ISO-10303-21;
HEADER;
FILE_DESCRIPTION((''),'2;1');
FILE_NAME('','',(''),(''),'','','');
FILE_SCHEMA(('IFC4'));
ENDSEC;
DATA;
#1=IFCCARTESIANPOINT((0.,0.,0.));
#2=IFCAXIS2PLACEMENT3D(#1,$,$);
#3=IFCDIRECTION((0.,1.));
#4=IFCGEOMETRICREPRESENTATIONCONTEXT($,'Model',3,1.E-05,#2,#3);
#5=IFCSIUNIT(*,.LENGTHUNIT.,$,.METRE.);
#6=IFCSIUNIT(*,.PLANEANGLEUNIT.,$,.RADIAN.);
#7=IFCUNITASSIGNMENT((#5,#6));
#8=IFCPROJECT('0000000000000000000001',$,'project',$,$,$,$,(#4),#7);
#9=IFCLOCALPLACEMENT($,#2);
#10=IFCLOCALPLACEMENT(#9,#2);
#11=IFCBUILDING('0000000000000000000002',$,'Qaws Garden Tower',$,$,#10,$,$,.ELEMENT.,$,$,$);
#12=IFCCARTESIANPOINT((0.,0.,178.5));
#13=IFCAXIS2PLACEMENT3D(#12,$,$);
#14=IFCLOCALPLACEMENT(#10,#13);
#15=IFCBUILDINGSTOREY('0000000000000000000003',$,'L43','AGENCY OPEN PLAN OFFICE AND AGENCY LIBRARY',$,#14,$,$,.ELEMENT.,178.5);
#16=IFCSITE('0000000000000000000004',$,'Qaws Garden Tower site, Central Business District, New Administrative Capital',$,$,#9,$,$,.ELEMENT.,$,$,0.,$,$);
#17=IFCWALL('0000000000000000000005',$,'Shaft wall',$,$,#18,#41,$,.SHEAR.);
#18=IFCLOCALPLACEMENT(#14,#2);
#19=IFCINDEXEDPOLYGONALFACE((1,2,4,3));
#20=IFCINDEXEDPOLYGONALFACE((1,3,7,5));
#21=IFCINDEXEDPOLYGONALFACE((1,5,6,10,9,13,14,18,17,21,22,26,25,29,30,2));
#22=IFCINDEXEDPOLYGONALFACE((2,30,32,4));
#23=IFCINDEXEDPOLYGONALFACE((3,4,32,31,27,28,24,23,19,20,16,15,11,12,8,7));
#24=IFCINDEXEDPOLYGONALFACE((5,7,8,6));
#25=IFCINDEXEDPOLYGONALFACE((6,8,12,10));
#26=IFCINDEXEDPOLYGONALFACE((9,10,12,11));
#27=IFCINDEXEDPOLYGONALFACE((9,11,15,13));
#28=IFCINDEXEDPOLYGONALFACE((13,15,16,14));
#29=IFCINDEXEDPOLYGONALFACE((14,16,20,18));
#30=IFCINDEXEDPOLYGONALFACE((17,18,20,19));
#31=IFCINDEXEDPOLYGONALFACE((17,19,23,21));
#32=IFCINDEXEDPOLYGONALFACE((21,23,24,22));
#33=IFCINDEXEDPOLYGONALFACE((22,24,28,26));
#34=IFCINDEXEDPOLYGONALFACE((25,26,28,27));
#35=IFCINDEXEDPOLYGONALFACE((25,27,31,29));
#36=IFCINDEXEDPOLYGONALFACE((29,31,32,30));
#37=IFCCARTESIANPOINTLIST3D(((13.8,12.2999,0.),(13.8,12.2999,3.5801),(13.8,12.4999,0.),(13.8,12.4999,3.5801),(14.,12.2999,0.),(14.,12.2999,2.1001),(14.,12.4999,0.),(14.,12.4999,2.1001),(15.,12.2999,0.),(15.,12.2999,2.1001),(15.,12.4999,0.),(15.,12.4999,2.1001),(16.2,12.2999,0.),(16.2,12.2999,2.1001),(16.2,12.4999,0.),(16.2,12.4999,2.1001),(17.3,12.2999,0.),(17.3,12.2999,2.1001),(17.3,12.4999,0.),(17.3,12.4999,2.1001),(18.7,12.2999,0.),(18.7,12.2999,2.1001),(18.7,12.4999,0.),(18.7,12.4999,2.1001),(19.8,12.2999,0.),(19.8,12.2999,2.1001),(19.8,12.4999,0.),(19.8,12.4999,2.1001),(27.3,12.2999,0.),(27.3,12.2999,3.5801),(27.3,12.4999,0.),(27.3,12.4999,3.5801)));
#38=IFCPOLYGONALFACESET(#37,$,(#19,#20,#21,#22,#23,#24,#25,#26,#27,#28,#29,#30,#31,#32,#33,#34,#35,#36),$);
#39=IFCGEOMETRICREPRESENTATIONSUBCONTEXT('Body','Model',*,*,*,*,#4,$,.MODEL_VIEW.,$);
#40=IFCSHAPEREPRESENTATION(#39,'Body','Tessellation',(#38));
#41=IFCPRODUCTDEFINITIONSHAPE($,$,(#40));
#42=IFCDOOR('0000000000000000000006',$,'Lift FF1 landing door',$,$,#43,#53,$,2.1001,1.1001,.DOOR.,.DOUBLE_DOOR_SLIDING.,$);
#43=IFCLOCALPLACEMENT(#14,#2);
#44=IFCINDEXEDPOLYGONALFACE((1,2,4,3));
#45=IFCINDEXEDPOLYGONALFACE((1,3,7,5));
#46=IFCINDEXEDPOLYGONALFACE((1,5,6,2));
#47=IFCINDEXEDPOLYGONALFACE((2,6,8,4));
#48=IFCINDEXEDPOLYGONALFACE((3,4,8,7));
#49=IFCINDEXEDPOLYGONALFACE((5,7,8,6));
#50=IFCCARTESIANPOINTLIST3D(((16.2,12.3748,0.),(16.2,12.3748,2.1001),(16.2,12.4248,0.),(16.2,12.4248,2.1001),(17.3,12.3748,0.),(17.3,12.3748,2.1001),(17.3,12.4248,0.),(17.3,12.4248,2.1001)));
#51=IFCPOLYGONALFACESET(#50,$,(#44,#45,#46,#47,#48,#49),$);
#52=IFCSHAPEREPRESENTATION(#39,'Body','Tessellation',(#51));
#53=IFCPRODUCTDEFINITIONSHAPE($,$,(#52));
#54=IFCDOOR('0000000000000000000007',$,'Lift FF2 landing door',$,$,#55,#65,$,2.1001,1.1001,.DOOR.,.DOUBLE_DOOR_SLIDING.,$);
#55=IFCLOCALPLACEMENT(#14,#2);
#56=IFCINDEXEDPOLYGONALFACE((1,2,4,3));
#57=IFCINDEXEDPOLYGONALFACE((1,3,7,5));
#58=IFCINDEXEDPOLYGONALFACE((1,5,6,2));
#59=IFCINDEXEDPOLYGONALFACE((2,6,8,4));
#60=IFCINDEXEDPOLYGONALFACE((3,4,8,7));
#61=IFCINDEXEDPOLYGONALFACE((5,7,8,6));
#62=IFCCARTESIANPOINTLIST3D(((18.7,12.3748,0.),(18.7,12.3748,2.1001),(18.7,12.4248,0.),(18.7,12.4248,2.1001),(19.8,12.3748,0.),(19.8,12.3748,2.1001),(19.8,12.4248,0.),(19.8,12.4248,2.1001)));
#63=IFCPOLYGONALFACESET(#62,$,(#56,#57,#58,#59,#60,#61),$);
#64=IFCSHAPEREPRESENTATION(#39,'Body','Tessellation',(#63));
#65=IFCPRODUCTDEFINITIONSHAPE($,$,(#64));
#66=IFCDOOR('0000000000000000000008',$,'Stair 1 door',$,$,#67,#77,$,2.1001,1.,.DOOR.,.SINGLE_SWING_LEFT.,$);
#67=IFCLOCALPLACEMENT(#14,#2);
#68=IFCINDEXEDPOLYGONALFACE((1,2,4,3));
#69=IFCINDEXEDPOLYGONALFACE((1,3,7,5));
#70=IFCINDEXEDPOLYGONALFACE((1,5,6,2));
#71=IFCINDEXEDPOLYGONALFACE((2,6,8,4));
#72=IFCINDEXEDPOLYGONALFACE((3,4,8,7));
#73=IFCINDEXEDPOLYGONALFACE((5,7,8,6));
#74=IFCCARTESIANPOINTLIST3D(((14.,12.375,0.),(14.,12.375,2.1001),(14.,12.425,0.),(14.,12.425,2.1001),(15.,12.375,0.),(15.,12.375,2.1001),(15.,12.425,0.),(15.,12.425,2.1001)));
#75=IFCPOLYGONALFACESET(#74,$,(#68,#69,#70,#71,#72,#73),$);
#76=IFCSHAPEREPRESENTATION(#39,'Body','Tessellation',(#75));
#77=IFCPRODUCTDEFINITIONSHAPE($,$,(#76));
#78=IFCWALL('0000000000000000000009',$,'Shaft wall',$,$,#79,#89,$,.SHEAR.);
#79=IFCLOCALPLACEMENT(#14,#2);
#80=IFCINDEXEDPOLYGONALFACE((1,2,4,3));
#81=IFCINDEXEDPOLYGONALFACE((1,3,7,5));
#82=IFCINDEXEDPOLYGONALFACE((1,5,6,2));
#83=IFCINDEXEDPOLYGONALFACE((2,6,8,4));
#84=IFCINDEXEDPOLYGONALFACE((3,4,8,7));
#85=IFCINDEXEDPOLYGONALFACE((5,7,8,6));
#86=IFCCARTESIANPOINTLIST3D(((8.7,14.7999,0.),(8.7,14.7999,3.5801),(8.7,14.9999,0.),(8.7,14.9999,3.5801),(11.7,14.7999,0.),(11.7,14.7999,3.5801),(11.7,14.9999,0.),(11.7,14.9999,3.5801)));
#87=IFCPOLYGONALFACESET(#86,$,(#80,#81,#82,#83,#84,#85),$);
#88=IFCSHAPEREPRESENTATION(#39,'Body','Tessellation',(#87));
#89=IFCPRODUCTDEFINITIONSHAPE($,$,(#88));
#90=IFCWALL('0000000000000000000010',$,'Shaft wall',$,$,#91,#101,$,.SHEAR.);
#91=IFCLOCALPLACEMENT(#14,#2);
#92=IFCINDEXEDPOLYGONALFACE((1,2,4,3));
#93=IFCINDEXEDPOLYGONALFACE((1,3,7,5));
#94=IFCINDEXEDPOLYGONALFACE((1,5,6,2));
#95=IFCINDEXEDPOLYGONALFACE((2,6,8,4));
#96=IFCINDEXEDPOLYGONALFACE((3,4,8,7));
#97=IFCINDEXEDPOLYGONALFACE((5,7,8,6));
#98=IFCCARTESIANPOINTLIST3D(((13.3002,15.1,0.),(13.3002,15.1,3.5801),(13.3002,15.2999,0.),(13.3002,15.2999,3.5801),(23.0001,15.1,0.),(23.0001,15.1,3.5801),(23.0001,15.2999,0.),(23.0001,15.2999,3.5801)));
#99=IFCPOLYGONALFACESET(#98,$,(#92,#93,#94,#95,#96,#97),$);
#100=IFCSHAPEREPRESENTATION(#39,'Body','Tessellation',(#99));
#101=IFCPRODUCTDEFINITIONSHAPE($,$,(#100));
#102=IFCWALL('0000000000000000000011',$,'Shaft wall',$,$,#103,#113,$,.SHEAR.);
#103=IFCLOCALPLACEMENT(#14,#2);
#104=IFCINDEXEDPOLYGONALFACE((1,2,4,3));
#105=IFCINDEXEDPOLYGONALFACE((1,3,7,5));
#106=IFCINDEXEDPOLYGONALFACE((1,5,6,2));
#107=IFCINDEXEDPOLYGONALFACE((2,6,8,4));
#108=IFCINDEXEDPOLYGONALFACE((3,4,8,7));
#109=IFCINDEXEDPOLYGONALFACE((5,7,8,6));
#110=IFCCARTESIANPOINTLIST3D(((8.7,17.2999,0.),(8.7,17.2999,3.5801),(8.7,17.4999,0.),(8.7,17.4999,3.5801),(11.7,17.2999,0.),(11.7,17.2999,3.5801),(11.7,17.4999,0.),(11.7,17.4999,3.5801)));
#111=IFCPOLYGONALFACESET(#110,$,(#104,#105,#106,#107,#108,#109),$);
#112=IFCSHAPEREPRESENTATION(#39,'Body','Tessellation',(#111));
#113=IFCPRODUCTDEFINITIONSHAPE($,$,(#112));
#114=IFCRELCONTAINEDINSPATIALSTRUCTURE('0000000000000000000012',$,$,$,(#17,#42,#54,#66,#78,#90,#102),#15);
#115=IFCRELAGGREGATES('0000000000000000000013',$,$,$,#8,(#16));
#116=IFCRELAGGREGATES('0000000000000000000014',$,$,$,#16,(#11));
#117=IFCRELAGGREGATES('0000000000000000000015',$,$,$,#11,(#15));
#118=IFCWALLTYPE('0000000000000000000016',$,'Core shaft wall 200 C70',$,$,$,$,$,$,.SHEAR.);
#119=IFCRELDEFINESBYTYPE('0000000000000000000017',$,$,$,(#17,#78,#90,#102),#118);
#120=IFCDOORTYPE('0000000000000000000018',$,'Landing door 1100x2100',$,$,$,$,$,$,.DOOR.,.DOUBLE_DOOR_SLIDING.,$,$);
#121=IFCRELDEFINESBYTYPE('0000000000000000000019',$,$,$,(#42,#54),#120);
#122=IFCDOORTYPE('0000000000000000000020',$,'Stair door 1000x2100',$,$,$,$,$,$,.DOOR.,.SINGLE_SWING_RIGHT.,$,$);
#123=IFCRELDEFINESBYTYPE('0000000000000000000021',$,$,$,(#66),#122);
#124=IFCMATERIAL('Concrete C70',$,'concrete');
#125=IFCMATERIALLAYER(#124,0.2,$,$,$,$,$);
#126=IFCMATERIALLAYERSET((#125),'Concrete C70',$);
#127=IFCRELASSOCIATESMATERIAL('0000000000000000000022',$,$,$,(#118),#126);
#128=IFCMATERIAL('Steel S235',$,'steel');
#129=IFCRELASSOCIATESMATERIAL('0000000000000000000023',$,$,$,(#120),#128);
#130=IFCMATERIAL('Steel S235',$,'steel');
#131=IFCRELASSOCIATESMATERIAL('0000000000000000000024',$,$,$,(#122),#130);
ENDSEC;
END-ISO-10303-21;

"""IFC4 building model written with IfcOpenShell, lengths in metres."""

from ifc_helpers import new_model, si_unit, direction, frame, frame_2d, origin, place, context, subcontext, project, spatial, rectangle, extrude, material, layer, layer_set, type_object, element, fill, save


model = new_model("IFC4")

# Units and contexts
model_context = context("Model", 3, precision=1e-05, world=origin(), true_north=direction((0.0, 1.0)))
body_context = subcontext(model_context, "Body", "Model", "MODEL_VIEW")
ifc_project = project(units=[si_unit("LENGTHUNIT", "METRE"), si_unit("PLANEANGLEUNIT", "RADIAN")], contexts=[model_context])

# Site, building, storey
site_placement = place(None, origin())
site = spatial("IfcSite", under=ifc_project, at=site_placement, Name="Qaws Garden Tower site, Central Business District, New Administrative Capital", CompositionType="ELEMENT", RefElevation=0.0)
building_placement = place(site_placement, origin())
building = spatial("IfcBuilding", under=site, at=building_placement, Name="Qaws Garden Tower", CompositionType="ELEMENT")
storey_placement = place(building_placement, frame((0.0, 0.0, 178.5)))
storey = spatial("IfcBuildingStorey", under=building, at=storey_placement, Name="L43", Description="AGENCY OPEN PLAN OFFICE AND AGENCY LIBRARY", CompositionType="ELEMENT", Elevation=178.5)

# Shared definitions
ifc_material_1 = material(Name="Concrete C70", Category="concrete")
ifc_layer_1 = layer(ifc_material_1, 0.2)
ifc_layer_set_1 = layer_set([ifc_layer_1], Name="Concrete C70")
wall_type_1 = type_object("IfcWallType", Name="Core shaft wall 200 C70", PredefinedType="SHEAR", material=ifc_layer_set_1)

# Wall, openings, doors
wall_1_placement = place(storey_placement, frame((13.8, 12.3999, 0.0), z_axis=(0.0, 0.0, 1.0), x_axis=(1.0, 0.0, 0.0)))
wall_1 = element("IfcWall", 1, at=wall_1_placement, inside=storey, type_object=wall_type_1, Name="Shaft wall", PredefinedType="SHEAR", context=body_context, shape_type="SweptSolid", body=[
    extrude(rectangle(XDim=13.5, YDim=0.2, at=frame_2d((6.75, 0.0))), origin(), (0.0, 0.0, 1.0), 3.5801),
])
opening_1_placement = place(wall_1_placement, frame((2.3999, 0.0, 0.0)))
opening_1 = element("IfcOpeningElement", 2, at=opening_1_placement, cuts=wall_1, PredefinedType="OPENING", context=body_context, shape_type="SweptSolid", body=[
    extrude(rectangle(XDim=1.1001, YDim=2.1001, at=frame_2d((0.55, 1.05))), frame((0.0, 0.1099, 0.0), z_axis=(0.0, -1.0, 0.0), x_axis=(1.0, 0.0, 0.0)), (0.0, 0.0, 1.0), 0.22),
])
opening_2_placement = place(wall_1_placement, frame((4.8999, 0.0, 0.0)))
opening_2 = element("IfcOpeningElement", 3, at=opening_2_placement, cuts=wall_1, PredefinedType="OPENING", context=body_context, shape_type="SweptSolid", body=[
    extrude(rectangle(XDim=1.1001, YDim=2.1001, at=frame_2d((0.55, 1.05))), frame((0.0, 0.1099, 0.0), z_axis=(0.0, -1.0, 0.0), x_axis=(1.0, 0.0, 0.0)), (0.0, 0.0, 1.0), 0.22),
])
opening_3_placement = place(wall_1_placement, frame((0.2, 0.0, 0.0)))
opening_3 = element("IfcOpeningElement", 4, at=opening_3_placement, cuts=wall_1, PredefinedType="OPENING", context=body_context, shape_type="SweptSolid", body=[
    extrude(rectangle(XDim=1.0, YDim=2.1001, at=frame_2d((0.5, 1.05))), frame((0.0, 0.1099, 0.0), z_axis=(0.0, -1.0, 0.0), x_axis=(1.0, 0.0, 0.0)), (0.0, 0.0, 1.0), 0.22),
])
ifc_material_2 = material(Name="Steel S235", Category="steel")
door_type_1 = type_object("IfcDoorType", Name="Landing door 1100x2100", OperationType="DOUBLE_DOOR_SLIDING", PredefinedType="DOOR", material=ifc_material_2)
door_1_placement = place(opening_1_placement, origin())
door_1 = element("IfcDoor", 5, at=door_1_placement, inside=storey, type_object=door_type_1, Name="Lift FF1 landing door", OperationType="DOUBLE_DOOR_SLIDING", OverallHeight=2.1001, OverallWidth=1.1001, PredefinedType="DOOR", context=body_context, shape_type="SweptSolid", body=[
    extrude(rectangle(XDim=1.1001, YDim=2.1001, at=frame_2d((0.55, 1.05))), frame((0.0, 0.0249, 0.0), z_axis=(0.0, -1.0, 0.0), x_axis=(1.0, 0.0, 0.0)), (0.0, 0.0, 1.0), 0.05),
])
fill(opening_1, door_1)
door_2_placement = place(opening_2_placement, origin())
door_2 = element("IfcDoor", 6, at=door_2_placement, inside=storey, type_object=door_type_1, Name="Lift FF2 landing door", OperationType="DOUBLE_DOOR_SLIDING", OverallHeight=2.1001, OverallWidth=1.1001, PredefinedType="DOOR", context=body_context, shape_type="SweptSolid", body=[
    extrude(rectangle(XDim=1.1001, YDim=2.1001, at=frame_2d((0.55, 1.05))), frame((0.0, 0.0249, 0.0), z_axis=(0.0, -1.0, 0.0), x_axis=(1.0, 0.0, 0.0)), (0.0, 0.0, 1.0), 0.05),
])
fill(opening_2, door_2)
ifc_material_3 = material(Name="Steel S235", Category="steel")
door_type_2 = type_object("IfcDoorType", Name="Stair door 1000x2100", OperationType="SINGLE_SWING_RIGHT", PredefinedType="DOOR", material=ifc_material_3)
door_3_placement = place(opening_3_placement, frame((1.0, 0.0, 0.0), z_axis=(0.0, 0.0, 1.0), x_axis=(-1.0, 0.0, 0.0)))
door_3 = element("IfcDoor", 7, at=door_3_placement, inside=storey, type_object=door_type_2, Name="Stair 1 door", OperationType="SINGLE_SWING_LEFT", OverallHeight=2.1001, OverallWidth=1.0, PredefinedType="DOOR", context=body_context, shape_type="SweptSolid", body=[
    extrude(rectangle(XDim=1.0, YDim=2.1001, at=frame_2d((0.5, 1.05))), frame((0.0, 0.0249, 0.0), z_axis=(0.0, -1.0, 0.0), x_axis=(1.0, 0.0, 0.0)), (0.0, 0.0, 1.0), 0.05),
])
fill(opening_3, door_3)

# Walls
wall_2_placement = place(storey_placement, frame((8.7, 14.8999, 0.0), z_axis=(0.0, 0.0, 1.0), x_axis=(1.0, 0.0, 0.0)))
element("IfcWall", 8, at=wall_2_placement, inside=storey, type_object=wall_type_1, Name="Shaft wall", PredefinedType="SHEAR", context=body_context, shape_type="SweptSolid", body=[
    extrude(rectangle(XDim=3.0, YDim=0.2, at=frame_2d((1.5, 0.0))), origin(), (0.0, 0.0, 1.0), 3.5801),
])
wall_3_placement = place(storey_placement, frame((13.3, 15.2, 0.0), z_axis=(0.0, 0.0, 1.0), x_axis=(1.0, 0.0, 0.0)))
element("IfcWall", 9, at=wall_3_placement, inside=storey, type_object=wall_type_1, Name="Shaft wall", PredefinedType="SHEAR", context=body_context, shape_type="SweptSolid", body=[
    extrude(rectangle(XDim=9.7, YDim=0.2, at=frame_2d((4.8501, 0.0))), origin(), (0.0, 0.0, 1.0), 3.5801),
])
wall_4_placement = place(storey_placement, frame((8.7, 17.3999, 0.0), z_axis=(0.0, 0.0, 1.0), x_axis=(1.0, 0.0, 0.0)))
element("IfcWall", 10, at=wall_4_placement, inside=storey, type_object=wall_type_1, Name="Shaft wall", PredefinedType="SHEAR", context=body_context, shape_type="SweptSolid", body=[
    extrude(rectangle(XDim=3.0, YDim=0.2, at=frame_2d((1.5, 0.0))), origin(), (0.0, 0.0, 1.0), 3.5801),
])

save(model, "model.ifc")
